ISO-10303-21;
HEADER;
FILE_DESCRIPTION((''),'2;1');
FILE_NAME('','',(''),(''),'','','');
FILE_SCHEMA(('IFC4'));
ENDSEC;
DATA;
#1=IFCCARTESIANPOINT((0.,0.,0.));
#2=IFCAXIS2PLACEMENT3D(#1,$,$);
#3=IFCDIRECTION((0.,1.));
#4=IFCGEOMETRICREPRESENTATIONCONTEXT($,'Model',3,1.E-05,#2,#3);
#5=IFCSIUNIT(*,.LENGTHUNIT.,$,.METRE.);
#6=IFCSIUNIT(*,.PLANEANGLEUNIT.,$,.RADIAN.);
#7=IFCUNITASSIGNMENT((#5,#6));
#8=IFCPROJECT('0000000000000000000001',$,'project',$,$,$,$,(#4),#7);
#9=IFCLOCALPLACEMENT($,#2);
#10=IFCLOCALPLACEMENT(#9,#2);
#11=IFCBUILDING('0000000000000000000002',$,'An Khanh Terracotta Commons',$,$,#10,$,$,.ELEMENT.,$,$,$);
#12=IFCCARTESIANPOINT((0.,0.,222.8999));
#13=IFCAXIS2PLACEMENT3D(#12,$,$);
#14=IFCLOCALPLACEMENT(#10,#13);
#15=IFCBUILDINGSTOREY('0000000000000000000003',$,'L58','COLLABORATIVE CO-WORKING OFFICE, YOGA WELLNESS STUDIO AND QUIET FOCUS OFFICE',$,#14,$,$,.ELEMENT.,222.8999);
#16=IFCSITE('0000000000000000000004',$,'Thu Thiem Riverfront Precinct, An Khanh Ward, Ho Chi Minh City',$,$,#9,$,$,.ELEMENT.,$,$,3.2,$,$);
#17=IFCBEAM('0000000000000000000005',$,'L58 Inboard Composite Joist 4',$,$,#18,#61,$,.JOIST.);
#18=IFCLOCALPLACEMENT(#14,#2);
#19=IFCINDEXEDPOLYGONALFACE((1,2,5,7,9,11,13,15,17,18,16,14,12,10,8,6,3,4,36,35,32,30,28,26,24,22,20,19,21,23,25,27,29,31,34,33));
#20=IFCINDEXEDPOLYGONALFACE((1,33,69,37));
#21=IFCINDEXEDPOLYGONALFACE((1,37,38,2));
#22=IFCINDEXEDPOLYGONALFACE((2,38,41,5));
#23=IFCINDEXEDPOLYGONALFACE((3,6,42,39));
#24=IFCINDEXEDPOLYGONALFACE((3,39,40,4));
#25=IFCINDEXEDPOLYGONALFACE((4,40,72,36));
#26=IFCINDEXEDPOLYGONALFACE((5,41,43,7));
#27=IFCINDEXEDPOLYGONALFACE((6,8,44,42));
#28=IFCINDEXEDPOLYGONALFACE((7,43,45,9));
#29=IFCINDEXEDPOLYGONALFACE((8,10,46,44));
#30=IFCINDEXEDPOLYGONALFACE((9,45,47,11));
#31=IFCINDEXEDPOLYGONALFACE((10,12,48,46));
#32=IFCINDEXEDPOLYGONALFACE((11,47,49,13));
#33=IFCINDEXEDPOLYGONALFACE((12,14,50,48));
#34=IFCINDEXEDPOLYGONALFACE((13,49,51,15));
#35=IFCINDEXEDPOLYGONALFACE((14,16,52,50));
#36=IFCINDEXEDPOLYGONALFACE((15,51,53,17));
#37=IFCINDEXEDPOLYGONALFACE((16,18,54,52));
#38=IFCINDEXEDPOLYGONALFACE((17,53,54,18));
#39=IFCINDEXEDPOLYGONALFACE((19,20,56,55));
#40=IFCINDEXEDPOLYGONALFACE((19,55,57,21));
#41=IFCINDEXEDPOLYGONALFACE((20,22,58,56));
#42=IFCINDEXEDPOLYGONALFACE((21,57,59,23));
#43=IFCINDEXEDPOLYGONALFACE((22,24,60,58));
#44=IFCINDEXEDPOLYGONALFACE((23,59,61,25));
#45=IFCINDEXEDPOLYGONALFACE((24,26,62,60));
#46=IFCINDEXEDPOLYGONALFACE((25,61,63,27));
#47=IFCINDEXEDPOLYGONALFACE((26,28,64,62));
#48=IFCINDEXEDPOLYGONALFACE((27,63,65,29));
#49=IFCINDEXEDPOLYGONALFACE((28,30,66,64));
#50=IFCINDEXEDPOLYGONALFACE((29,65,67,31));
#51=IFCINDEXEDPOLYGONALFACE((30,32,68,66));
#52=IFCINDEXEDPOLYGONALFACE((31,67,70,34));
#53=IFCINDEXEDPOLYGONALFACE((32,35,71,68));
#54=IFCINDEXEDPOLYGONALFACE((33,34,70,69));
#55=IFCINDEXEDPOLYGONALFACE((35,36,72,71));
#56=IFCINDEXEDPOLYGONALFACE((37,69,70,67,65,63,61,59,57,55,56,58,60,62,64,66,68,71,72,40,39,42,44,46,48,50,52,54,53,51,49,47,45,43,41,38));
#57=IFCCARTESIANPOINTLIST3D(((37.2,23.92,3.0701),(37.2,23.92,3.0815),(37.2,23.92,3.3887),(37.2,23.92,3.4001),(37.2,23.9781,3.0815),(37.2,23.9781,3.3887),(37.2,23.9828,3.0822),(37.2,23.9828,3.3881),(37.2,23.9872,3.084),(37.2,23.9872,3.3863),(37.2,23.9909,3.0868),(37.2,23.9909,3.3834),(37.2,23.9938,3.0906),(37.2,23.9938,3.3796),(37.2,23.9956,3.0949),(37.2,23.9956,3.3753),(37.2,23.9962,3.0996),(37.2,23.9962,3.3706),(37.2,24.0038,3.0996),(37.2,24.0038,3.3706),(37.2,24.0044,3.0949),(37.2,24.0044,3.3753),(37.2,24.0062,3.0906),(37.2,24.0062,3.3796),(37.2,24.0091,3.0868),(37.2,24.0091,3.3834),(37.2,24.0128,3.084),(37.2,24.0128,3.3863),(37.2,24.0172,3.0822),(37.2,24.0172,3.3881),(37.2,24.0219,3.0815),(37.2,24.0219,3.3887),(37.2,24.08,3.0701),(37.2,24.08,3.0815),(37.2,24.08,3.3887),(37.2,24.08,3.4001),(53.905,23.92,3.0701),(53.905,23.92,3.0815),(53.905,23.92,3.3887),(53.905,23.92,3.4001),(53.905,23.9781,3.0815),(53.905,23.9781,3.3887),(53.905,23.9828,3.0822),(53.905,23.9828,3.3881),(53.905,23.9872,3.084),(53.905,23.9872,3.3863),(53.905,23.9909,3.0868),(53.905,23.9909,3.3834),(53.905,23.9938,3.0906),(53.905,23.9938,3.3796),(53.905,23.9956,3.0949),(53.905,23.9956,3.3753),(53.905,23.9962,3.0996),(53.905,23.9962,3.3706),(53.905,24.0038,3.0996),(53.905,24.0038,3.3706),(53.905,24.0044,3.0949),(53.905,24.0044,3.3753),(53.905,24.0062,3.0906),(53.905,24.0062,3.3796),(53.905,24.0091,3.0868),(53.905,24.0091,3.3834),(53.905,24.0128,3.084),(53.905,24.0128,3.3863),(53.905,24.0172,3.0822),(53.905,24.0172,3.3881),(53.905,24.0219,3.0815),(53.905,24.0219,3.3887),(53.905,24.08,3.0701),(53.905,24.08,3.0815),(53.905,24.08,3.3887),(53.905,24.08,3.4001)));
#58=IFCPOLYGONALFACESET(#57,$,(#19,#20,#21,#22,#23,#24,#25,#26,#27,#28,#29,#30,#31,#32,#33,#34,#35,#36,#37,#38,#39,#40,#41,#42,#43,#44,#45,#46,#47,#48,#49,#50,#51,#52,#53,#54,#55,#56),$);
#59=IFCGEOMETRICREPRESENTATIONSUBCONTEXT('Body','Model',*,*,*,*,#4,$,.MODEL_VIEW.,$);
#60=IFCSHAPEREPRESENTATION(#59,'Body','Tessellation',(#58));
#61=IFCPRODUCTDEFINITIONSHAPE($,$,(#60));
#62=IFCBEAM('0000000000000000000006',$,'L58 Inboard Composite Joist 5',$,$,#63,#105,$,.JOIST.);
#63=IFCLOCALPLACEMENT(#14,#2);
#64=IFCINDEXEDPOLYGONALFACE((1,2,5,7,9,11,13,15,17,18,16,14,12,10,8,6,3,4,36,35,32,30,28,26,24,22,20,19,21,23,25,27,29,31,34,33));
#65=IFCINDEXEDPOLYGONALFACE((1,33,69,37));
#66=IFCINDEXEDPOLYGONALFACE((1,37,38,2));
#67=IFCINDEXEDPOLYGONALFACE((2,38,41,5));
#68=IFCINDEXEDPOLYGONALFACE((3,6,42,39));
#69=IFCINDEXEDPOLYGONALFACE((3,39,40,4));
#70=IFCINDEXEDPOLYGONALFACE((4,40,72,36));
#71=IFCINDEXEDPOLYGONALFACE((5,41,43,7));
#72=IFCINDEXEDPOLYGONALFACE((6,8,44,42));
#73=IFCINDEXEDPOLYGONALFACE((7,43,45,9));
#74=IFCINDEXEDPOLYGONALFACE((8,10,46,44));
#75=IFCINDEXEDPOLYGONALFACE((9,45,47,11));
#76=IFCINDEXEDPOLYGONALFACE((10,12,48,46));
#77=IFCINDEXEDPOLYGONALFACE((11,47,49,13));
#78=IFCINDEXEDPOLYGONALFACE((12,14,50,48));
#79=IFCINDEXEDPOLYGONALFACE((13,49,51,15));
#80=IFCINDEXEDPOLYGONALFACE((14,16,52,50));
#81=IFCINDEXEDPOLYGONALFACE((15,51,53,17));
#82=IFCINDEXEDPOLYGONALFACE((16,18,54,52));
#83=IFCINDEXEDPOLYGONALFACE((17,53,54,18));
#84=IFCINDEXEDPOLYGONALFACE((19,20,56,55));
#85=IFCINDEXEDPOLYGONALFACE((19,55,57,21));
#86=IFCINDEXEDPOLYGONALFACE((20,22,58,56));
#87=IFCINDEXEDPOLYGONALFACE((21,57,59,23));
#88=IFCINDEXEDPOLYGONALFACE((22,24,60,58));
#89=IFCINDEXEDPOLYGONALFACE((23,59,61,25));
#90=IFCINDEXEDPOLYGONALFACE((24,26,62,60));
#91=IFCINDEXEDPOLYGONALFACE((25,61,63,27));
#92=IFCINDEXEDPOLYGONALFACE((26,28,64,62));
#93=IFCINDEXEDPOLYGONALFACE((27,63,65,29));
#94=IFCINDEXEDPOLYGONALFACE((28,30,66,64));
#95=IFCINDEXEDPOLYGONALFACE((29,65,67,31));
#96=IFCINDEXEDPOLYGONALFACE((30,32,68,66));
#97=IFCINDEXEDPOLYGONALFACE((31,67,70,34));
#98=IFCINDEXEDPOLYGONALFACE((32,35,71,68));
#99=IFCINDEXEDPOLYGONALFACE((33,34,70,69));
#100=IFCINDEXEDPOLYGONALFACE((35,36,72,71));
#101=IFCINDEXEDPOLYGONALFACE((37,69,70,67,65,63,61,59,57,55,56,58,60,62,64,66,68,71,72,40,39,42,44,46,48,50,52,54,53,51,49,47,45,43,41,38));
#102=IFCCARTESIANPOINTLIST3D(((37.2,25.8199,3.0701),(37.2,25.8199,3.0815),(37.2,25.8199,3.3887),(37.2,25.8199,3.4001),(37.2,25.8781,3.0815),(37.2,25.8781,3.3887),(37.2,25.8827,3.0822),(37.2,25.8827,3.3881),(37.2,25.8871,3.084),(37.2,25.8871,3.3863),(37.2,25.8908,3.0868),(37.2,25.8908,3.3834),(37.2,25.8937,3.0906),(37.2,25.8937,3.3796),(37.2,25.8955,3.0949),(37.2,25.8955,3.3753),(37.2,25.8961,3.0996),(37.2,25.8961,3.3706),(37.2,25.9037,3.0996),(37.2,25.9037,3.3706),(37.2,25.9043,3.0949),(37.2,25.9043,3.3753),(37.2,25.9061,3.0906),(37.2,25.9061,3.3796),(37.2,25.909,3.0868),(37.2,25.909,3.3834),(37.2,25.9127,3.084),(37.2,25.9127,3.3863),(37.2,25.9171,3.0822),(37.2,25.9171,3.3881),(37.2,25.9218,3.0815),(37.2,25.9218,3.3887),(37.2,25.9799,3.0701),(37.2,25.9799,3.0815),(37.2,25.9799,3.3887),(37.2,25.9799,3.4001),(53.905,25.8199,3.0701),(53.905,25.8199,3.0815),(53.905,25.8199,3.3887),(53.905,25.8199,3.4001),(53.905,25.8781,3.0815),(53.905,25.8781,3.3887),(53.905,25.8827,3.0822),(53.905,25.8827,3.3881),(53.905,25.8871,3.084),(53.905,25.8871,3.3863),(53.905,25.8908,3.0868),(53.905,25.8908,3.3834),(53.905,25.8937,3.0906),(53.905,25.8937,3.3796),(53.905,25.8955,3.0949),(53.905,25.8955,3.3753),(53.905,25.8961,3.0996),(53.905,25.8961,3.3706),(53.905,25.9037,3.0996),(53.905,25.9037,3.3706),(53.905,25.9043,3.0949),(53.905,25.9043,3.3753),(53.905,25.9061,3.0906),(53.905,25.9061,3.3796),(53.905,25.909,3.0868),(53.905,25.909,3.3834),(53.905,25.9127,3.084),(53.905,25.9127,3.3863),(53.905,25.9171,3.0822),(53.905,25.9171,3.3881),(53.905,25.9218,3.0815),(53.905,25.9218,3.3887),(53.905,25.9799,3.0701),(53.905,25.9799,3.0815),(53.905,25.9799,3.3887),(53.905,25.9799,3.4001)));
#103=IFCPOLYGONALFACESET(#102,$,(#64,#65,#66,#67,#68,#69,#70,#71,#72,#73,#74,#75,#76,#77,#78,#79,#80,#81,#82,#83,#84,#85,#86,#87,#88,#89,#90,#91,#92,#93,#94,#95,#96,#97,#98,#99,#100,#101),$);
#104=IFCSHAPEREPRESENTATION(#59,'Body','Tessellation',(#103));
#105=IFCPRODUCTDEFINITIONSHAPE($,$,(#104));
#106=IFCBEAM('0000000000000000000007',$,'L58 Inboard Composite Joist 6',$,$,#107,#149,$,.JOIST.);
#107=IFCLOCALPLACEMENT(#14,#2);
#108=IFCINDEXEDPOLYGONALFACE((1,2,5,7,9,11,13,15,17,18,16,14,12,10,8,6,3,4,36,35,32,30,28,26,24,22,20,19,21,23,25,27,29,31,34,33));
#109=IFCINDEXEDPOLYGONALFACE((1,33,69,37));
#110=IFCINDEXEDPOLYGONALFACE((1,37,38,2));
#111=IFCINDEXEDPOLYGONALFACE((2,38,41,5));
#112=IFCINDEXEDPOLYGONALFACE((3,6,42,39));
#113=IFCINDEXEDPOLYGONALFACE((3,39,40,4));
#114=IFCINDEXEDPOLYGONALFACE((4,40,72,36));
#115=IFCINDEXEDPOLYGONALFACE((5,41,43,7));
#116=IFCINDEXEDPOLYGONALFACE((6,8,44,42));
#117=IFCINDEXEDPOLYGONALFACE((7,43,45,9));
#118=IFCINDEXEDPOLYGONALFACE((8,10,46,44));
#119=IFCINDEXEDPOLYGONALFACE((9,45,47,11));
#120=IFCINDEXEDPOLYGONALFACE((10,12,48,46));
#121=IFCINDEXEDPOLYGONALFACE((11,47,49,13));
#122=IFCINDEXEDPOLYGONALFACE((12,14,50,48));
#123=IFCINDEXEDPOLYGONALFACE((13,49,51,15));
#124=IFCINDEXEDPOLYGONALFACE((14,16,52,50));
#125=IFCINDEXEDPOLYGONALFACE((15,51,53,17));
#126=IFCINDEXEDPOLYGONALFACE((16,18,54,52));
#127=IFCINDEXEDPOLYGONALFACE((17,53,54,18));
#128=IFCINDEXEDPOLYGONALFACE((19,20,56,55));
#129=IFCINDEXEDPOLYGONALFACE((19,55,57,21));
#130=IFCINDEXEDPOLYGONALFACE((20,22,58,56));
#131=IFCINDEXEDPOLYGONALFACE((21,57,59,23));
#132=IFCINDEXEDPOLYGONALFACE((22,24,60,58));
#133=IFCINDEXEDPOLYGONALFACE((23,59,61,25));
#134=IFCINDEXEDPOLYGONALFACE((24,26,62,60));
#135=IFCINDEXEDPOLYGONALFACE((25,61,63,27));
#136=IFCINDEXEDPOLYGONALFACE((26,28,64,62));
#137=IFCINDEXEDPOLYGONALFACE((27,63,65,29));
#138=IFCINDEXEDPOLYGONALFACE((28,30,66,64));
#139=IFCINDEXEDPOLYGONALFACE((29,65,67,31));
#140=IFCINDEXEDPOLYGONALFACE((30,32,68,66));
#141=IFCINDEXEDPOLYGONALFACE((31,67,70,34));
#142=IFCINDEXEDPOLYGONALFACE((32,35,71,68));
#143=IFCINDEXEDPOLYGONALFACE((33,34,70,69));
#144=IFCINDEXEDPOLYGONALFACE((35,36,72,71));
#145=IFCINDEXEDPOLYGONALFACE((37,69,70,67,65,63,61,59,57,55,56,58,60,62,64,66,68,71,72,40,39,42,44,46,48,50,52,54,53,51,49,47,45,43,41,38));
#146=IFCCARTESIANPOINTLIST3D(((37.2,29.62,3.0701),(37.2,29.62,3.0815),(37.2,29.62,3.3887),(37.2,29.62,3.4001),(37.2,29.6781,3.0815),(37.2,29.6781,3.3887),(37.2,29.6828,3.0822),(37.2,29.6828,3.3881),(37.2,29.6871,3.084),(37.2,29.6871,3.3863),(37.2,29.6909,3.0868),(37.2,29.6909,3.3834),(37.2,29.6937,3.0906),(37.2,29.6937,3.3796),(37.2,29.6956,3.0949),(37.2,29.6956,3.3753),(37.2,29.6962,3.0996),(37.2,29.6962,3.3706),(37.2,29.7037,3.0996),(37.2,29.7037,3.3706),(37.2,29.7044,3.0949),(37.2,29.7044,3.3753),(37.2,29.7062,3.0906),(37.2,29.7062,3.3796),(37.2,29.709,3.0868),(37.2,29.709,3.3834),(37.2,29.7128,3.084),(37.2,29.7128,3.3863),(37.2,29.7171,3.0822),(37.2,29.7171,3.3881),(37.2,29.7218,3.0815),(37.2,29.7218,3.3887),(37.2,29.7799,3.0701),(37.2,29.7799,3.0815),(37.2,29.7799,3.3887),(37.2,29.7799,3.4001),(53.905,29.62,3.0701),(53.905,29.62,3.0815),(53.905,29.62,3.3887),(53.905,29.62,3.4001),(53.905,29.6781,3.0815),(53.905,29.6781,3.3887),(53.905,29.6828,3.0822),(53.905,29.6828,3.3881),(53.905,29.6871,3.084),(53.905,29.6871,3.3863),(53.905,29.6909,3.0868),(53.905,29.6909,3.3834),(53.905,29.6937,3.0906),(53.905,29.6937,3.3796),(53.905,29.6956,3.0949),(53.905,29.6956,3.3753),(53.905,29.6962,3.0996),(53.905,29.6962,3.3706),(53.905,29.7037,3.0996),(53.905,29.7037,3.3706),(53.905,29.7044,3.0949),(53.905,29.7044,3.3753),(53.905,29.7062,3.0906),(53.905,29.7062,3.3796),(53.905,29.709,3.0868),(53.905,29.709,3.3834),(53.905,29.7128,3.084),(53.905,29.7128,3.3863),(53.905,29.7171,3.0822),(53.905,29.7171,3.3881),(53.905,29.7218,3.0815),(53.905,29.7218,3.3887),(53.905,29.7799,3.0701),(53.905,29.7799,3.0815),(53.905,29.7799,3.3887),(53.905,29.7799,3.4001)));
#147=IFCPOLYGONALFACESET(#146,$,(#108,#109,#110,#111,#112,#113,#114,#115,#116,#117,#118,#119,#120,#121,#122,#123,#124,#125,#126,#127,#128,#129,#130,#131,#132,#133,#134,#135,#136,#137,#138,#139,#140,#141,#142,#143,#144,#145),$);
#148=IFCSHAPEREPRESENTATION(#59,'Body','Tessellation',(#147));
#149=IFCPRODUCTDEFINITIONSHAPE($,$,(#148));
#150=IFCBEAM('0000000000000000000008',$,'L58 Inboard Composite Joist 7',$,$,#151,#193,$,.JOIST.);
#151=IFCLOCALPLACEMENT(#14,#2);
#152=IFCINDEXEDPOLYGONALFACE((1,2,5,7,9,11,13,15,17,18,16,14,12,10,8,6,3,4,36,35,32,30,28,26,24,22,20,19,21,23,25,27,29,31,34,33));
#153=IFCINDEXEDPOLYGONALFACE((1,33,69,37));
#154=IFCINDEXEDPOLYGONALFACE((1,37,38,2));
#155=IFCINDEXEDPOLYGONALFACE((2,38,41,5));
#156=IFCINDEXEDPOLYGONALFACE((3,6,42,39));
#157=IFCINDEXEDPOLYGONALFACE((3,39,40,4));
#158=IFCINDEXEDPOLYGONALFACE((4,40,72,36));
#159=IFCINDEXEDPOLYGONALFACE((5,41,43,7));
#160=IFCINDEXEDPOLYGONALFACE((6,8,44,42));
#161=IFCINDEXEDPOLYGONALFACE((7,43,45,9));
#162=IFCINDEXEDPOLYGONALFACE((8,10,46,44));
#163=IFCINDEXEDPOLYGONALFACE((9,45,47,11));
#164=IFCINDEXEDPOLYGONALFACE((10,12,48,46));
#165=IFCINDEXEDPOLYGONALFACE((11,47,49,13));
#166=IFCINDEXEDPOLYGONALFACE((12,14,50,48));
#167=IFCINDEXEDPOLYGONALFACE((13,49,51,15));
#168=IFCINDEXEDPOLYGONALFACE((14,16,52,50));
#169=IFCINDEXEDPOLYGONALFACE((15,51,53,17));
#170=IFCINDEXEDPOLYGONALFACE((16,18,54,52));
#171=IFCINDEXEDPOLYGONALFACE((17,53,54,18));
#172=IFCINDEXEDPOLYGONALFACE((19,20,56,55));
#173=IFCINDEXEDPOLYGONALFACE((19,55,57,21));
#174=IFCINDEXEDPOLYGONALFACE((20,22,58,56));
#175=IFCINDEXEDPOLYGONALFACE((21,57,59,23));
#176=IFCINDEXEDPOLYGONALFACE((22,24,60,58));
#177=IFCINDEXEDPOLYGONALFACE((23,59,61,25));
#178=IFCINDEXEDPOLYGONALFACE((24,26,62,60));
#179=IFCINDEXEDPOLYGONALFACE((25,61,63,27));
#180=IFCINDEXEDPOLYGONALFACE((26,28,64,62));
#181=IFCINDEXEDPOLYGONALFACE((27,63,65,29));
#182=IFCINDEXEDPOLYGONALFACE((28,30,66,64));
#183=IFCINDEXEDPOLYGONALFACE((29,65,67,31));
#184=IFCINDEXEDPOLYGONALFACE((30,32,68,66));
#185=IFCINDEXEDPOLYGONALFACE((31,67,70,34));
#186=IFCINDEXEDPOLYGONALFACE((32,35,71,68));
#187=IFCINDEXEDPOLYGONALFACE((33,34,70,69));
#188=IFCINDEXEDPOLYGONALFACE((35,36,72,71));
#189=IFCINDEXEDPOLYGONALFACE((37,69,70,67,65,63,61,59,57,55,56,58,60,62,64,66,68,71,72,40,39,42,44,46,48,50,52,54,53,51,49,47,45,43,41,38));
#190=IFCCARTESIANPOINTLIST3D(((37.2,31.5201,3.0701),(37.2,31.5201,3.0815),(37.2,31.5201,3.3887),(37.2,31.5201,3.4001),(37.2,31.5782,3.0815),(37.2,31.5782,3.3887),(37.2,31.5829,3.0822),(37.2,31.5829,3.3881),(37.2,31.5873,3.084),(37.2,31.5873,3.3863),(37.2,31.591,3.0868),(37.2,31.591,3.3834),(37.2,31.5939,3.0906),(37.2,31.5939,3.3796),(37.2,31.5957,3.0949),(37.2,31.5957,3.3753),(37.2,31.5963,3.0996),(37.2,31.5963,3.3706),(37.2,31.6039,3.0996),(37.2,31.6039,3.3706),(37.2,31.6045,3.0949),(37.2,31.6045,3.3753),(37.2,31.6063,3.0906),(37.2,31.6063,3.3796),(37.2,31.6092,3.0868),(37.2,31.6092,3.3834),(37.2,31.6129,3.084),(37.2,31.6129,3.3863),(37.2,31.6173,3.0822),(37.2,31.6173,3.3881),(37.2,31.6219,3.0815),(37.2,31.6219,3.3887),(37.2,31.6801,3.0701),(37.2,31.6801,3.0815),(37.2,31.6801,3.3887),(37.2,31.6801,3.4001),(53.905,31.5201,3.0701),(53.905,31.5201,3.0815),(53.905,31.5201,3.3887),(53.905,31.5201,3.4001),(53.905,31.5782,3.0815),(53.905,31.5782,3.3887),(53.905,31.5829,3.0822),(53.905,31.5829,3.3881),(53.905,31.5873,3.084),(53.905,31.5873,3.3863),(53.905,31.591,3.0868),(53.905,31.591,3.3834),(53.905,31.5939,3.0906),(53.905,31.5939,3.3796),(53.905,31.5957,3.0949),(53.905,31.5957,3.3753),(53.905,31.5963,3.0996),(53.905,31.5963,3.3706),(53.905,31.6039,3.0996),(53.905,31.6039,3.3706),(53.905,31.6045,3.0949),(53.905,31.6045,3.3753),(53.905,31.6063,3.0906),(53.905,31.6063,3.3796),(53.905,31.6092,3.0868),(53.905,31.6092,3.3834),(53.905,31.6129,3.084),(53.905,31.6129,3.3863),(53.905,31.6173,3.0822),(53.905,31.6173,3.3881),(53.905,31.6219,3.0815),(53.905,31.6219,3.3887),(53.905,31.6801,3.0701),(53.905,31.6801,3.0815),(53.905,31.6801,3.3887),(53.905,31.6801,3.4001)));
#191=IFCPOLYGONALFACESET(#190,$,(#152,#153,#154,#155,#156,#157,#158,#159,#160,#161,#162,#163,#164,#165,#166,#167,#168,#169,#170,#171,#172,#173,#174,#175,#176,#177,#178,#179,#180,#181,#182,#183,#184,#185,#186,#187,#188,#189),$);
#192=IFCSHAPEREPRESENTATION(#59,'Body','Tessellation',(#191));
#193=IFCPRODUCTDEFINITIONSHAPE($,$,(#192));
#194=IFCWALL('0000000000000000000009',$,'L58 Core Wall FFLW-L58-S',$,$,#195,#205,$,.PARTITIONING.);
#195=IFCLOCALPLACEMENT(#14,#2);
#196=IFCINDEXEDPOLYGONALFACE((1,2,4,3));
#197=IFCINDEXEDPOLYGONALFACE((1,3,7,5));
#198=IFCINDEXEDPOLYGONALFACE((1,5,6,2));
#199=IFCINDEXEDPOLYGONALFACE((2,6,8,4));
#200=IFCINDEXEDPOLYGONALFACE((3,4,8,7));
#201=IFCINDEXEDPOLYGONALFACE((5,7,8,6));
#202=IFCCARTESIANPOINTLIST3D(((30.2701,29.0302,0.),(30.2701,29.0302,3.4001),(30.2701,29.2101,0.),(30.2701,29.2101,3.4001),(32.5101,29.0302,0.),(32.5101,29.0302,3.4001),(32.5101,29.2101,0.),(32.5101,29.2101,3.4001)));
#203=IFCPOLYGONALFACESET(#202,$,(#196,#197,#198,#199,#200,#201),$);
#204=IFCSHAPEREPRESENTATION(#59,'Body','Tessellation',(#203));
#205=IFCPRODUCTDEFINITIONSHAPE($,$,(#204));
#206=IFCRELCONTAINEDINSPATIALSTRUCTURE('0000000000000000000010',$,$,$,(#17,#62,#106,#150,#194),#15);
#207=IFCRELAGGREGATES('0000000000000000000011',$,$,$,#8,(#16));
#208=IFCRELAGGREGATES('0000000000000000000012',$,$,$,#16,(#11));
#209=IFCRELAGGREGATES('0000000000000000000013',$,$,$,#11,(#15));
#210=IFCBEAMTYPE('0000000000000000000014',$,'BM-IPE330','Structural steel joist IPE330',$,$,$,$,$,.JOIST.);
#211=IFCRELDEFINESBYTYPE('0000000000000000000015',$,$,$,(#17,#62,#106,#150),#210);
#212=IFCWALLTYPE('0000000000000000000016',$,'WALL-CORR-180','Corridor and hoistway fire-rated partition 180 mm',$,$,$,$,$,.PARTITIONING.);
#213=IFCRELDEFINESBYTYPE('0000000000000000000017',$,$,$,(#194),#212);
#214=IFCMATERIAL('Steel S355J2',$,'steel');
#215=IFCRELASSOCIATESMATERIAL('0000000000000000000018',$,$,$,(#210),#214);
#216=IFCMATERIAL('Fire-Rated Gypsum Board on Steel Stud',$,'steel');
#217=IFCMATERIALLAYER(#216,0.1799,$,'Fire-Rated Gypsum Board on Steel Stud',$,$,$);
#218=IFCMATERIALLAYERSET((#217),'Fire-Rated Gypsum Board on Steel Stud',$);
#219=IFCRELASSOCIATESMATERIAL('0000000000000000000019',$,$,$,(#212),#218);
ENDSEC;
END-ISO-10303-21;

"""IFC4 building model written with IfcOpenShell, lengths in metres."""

from ifc_helpers import new_model, si_unit, direction, frame, frame_2d, origin, origin_2d, place, context, subcontext, project, spatial, rectangle, i_section, extrude, material, layer, layer_set, material_profile, profile_set, type_object, element, save


model = new_model("IFC4")

# Units and contexts
model_context = context("Model", 3, precision=1e-05, world=origin(), true_north=direction((0.0, 1.0)))
body_context = subcontext(model_context, "Body", "Model", "MODEL_VIEW")
ifc_project = project(units=[si_unit("LENGTHUNIT", "METRE"), si_unit("PLANEANGLEUNIT", "RADIAN")], contexts=[model_context])

# Site, building, storey
site_placement = place(None, origin())
site = spatial("IfcSite", under=ifc_project, at=site_placement, Name="Thu Thiem Riverfront Precinct, An Khanh Ward, Ho Chi Minh City", CompositionType="ELEMENT", RefElevation=3.2)
building_placement = place(site_placement, origin())
building = spatial("IfcBuilding", under=site, at=building_placement, Name="An Khanh Terracotta Commons", CompositionType="ELEMENT")
storey_placement = place(building_placement, frame((0.0, 0.0, 222.8999)))
storey = spatial("IfcBuildingStorey", under=building, at=storey_placement, Name="L58", Description="COLLABORATIVE CO-WORKING OFFICE, YOGA WELLNESS STUDIO AND QUIET FOCUS OFFICE", CompositionType="ELEMENT", Elevation=222.8999)

# Beams
ifc_material_1 = material(Name="Steel S355J2", Category="steel")
ifc_material_profile_1 = material_profile(ifc_material_1, i_section(OverallWidth=0.1599, OverallDepth=0.3301, WebThickness=0.0076, FlangeThickness=0.0115, FilletRadius=0.0181, at=origin_2d()), Name="IPE330")
ifc_profile_set_1 = profile_set([ifc_material_profile_1], Name="Steel S355J2")
beam_type_1 = type_object("IfcBeamType", Name="BM-IPE330", Description="Structural steel joist IPE330", PredefinedType="JOIST", material=ifc_profile_set_1)
for number, where, z_axis, x_axis, name in (
    (1, (37.2, 24.0, 3.2351), (1.0, 0.0, 0.0), (0.0, 1.0, 0.0), "L58 Inboard Composite Joist 4"),
    (2, (37.2, 25.8999, 3.2351), (1.0, 0.0, 0.0), (0.0, 1.0, 0.0), "L58 Inboard Composite Joist 5"),
    (3, (37.2, 29.7, 3.2351), (1.0, 0.0, 0.0), (0.0, 1.0, 0.0), "L58 Inboard Composite Joist 6"),
    (4, (37.2, 31.6001, 3.2351), (1.0, 0.0, 0.0), (0.0, 1.0, 0.0), "L58 Inboard Composite Joist 7"),
):
    element("IfcBeam", number, at=place(storey_placement, frame(where, z_axis=z_axis, x_axis=x_axis)), inside=storey, type_object=beam_type_1, Name=name, PredefinedType="JOIST", context=body_context, shape_type="SweptSolid", body=[
        extrude(i_section(OverallWidth=0.1599, OverallDepth=0.3301, WebThickness=0.0076, FlangeThickness=0.0115, FilletRadius=0.0181, at=origin_2d()), origin(), (0.0, 0.0, 1.0), 16.7051),
    ])

# Wall
ifc_material_2 = material(Name="Fire-Rated Gypsum Board on Steel Stud", Category="steel")
ifc_layer_1 = layer(ifc_material_2, 0.1799, Name="Fire-Rated Gypsum Board on Steel Stud")
ifc_layer_set_1 = layer_set([ifc_layer_1], Name="Fire-Rated Gypsum Board on Steel Stud")
wall_type_1 = type_object("IfcWallType", Name="WALL-CORR-180", Description="Corridor and hoistway fire-rated partition 180 mm", PredefinedType="PARTITIONING", material=ifc_layer_set_1)
wall_1_placement = place(storey_placement, frame((30.27, 29.1201, 0.0), z_axis=(0.0, 0.0, 1.0), x_axis=(1.0, 0.0, 0.0)))
element("IfcWall", 5, at=wall_1_placement, inside=storey, type_object=wall_type_1, Name="L58 Core Wall FFLW-L58-S", PredefinedType="PARTITIONING", context=body_context, shape_type="SweptSolid", body=[
    extrude(rectangle(XDim=2.24, YDim=0.1799, at=frame_2d((1.1201, 0.0))), origin(), (0.0, 0.0, 1.0), 3.4001),
])

save(model, "model.ifc")
